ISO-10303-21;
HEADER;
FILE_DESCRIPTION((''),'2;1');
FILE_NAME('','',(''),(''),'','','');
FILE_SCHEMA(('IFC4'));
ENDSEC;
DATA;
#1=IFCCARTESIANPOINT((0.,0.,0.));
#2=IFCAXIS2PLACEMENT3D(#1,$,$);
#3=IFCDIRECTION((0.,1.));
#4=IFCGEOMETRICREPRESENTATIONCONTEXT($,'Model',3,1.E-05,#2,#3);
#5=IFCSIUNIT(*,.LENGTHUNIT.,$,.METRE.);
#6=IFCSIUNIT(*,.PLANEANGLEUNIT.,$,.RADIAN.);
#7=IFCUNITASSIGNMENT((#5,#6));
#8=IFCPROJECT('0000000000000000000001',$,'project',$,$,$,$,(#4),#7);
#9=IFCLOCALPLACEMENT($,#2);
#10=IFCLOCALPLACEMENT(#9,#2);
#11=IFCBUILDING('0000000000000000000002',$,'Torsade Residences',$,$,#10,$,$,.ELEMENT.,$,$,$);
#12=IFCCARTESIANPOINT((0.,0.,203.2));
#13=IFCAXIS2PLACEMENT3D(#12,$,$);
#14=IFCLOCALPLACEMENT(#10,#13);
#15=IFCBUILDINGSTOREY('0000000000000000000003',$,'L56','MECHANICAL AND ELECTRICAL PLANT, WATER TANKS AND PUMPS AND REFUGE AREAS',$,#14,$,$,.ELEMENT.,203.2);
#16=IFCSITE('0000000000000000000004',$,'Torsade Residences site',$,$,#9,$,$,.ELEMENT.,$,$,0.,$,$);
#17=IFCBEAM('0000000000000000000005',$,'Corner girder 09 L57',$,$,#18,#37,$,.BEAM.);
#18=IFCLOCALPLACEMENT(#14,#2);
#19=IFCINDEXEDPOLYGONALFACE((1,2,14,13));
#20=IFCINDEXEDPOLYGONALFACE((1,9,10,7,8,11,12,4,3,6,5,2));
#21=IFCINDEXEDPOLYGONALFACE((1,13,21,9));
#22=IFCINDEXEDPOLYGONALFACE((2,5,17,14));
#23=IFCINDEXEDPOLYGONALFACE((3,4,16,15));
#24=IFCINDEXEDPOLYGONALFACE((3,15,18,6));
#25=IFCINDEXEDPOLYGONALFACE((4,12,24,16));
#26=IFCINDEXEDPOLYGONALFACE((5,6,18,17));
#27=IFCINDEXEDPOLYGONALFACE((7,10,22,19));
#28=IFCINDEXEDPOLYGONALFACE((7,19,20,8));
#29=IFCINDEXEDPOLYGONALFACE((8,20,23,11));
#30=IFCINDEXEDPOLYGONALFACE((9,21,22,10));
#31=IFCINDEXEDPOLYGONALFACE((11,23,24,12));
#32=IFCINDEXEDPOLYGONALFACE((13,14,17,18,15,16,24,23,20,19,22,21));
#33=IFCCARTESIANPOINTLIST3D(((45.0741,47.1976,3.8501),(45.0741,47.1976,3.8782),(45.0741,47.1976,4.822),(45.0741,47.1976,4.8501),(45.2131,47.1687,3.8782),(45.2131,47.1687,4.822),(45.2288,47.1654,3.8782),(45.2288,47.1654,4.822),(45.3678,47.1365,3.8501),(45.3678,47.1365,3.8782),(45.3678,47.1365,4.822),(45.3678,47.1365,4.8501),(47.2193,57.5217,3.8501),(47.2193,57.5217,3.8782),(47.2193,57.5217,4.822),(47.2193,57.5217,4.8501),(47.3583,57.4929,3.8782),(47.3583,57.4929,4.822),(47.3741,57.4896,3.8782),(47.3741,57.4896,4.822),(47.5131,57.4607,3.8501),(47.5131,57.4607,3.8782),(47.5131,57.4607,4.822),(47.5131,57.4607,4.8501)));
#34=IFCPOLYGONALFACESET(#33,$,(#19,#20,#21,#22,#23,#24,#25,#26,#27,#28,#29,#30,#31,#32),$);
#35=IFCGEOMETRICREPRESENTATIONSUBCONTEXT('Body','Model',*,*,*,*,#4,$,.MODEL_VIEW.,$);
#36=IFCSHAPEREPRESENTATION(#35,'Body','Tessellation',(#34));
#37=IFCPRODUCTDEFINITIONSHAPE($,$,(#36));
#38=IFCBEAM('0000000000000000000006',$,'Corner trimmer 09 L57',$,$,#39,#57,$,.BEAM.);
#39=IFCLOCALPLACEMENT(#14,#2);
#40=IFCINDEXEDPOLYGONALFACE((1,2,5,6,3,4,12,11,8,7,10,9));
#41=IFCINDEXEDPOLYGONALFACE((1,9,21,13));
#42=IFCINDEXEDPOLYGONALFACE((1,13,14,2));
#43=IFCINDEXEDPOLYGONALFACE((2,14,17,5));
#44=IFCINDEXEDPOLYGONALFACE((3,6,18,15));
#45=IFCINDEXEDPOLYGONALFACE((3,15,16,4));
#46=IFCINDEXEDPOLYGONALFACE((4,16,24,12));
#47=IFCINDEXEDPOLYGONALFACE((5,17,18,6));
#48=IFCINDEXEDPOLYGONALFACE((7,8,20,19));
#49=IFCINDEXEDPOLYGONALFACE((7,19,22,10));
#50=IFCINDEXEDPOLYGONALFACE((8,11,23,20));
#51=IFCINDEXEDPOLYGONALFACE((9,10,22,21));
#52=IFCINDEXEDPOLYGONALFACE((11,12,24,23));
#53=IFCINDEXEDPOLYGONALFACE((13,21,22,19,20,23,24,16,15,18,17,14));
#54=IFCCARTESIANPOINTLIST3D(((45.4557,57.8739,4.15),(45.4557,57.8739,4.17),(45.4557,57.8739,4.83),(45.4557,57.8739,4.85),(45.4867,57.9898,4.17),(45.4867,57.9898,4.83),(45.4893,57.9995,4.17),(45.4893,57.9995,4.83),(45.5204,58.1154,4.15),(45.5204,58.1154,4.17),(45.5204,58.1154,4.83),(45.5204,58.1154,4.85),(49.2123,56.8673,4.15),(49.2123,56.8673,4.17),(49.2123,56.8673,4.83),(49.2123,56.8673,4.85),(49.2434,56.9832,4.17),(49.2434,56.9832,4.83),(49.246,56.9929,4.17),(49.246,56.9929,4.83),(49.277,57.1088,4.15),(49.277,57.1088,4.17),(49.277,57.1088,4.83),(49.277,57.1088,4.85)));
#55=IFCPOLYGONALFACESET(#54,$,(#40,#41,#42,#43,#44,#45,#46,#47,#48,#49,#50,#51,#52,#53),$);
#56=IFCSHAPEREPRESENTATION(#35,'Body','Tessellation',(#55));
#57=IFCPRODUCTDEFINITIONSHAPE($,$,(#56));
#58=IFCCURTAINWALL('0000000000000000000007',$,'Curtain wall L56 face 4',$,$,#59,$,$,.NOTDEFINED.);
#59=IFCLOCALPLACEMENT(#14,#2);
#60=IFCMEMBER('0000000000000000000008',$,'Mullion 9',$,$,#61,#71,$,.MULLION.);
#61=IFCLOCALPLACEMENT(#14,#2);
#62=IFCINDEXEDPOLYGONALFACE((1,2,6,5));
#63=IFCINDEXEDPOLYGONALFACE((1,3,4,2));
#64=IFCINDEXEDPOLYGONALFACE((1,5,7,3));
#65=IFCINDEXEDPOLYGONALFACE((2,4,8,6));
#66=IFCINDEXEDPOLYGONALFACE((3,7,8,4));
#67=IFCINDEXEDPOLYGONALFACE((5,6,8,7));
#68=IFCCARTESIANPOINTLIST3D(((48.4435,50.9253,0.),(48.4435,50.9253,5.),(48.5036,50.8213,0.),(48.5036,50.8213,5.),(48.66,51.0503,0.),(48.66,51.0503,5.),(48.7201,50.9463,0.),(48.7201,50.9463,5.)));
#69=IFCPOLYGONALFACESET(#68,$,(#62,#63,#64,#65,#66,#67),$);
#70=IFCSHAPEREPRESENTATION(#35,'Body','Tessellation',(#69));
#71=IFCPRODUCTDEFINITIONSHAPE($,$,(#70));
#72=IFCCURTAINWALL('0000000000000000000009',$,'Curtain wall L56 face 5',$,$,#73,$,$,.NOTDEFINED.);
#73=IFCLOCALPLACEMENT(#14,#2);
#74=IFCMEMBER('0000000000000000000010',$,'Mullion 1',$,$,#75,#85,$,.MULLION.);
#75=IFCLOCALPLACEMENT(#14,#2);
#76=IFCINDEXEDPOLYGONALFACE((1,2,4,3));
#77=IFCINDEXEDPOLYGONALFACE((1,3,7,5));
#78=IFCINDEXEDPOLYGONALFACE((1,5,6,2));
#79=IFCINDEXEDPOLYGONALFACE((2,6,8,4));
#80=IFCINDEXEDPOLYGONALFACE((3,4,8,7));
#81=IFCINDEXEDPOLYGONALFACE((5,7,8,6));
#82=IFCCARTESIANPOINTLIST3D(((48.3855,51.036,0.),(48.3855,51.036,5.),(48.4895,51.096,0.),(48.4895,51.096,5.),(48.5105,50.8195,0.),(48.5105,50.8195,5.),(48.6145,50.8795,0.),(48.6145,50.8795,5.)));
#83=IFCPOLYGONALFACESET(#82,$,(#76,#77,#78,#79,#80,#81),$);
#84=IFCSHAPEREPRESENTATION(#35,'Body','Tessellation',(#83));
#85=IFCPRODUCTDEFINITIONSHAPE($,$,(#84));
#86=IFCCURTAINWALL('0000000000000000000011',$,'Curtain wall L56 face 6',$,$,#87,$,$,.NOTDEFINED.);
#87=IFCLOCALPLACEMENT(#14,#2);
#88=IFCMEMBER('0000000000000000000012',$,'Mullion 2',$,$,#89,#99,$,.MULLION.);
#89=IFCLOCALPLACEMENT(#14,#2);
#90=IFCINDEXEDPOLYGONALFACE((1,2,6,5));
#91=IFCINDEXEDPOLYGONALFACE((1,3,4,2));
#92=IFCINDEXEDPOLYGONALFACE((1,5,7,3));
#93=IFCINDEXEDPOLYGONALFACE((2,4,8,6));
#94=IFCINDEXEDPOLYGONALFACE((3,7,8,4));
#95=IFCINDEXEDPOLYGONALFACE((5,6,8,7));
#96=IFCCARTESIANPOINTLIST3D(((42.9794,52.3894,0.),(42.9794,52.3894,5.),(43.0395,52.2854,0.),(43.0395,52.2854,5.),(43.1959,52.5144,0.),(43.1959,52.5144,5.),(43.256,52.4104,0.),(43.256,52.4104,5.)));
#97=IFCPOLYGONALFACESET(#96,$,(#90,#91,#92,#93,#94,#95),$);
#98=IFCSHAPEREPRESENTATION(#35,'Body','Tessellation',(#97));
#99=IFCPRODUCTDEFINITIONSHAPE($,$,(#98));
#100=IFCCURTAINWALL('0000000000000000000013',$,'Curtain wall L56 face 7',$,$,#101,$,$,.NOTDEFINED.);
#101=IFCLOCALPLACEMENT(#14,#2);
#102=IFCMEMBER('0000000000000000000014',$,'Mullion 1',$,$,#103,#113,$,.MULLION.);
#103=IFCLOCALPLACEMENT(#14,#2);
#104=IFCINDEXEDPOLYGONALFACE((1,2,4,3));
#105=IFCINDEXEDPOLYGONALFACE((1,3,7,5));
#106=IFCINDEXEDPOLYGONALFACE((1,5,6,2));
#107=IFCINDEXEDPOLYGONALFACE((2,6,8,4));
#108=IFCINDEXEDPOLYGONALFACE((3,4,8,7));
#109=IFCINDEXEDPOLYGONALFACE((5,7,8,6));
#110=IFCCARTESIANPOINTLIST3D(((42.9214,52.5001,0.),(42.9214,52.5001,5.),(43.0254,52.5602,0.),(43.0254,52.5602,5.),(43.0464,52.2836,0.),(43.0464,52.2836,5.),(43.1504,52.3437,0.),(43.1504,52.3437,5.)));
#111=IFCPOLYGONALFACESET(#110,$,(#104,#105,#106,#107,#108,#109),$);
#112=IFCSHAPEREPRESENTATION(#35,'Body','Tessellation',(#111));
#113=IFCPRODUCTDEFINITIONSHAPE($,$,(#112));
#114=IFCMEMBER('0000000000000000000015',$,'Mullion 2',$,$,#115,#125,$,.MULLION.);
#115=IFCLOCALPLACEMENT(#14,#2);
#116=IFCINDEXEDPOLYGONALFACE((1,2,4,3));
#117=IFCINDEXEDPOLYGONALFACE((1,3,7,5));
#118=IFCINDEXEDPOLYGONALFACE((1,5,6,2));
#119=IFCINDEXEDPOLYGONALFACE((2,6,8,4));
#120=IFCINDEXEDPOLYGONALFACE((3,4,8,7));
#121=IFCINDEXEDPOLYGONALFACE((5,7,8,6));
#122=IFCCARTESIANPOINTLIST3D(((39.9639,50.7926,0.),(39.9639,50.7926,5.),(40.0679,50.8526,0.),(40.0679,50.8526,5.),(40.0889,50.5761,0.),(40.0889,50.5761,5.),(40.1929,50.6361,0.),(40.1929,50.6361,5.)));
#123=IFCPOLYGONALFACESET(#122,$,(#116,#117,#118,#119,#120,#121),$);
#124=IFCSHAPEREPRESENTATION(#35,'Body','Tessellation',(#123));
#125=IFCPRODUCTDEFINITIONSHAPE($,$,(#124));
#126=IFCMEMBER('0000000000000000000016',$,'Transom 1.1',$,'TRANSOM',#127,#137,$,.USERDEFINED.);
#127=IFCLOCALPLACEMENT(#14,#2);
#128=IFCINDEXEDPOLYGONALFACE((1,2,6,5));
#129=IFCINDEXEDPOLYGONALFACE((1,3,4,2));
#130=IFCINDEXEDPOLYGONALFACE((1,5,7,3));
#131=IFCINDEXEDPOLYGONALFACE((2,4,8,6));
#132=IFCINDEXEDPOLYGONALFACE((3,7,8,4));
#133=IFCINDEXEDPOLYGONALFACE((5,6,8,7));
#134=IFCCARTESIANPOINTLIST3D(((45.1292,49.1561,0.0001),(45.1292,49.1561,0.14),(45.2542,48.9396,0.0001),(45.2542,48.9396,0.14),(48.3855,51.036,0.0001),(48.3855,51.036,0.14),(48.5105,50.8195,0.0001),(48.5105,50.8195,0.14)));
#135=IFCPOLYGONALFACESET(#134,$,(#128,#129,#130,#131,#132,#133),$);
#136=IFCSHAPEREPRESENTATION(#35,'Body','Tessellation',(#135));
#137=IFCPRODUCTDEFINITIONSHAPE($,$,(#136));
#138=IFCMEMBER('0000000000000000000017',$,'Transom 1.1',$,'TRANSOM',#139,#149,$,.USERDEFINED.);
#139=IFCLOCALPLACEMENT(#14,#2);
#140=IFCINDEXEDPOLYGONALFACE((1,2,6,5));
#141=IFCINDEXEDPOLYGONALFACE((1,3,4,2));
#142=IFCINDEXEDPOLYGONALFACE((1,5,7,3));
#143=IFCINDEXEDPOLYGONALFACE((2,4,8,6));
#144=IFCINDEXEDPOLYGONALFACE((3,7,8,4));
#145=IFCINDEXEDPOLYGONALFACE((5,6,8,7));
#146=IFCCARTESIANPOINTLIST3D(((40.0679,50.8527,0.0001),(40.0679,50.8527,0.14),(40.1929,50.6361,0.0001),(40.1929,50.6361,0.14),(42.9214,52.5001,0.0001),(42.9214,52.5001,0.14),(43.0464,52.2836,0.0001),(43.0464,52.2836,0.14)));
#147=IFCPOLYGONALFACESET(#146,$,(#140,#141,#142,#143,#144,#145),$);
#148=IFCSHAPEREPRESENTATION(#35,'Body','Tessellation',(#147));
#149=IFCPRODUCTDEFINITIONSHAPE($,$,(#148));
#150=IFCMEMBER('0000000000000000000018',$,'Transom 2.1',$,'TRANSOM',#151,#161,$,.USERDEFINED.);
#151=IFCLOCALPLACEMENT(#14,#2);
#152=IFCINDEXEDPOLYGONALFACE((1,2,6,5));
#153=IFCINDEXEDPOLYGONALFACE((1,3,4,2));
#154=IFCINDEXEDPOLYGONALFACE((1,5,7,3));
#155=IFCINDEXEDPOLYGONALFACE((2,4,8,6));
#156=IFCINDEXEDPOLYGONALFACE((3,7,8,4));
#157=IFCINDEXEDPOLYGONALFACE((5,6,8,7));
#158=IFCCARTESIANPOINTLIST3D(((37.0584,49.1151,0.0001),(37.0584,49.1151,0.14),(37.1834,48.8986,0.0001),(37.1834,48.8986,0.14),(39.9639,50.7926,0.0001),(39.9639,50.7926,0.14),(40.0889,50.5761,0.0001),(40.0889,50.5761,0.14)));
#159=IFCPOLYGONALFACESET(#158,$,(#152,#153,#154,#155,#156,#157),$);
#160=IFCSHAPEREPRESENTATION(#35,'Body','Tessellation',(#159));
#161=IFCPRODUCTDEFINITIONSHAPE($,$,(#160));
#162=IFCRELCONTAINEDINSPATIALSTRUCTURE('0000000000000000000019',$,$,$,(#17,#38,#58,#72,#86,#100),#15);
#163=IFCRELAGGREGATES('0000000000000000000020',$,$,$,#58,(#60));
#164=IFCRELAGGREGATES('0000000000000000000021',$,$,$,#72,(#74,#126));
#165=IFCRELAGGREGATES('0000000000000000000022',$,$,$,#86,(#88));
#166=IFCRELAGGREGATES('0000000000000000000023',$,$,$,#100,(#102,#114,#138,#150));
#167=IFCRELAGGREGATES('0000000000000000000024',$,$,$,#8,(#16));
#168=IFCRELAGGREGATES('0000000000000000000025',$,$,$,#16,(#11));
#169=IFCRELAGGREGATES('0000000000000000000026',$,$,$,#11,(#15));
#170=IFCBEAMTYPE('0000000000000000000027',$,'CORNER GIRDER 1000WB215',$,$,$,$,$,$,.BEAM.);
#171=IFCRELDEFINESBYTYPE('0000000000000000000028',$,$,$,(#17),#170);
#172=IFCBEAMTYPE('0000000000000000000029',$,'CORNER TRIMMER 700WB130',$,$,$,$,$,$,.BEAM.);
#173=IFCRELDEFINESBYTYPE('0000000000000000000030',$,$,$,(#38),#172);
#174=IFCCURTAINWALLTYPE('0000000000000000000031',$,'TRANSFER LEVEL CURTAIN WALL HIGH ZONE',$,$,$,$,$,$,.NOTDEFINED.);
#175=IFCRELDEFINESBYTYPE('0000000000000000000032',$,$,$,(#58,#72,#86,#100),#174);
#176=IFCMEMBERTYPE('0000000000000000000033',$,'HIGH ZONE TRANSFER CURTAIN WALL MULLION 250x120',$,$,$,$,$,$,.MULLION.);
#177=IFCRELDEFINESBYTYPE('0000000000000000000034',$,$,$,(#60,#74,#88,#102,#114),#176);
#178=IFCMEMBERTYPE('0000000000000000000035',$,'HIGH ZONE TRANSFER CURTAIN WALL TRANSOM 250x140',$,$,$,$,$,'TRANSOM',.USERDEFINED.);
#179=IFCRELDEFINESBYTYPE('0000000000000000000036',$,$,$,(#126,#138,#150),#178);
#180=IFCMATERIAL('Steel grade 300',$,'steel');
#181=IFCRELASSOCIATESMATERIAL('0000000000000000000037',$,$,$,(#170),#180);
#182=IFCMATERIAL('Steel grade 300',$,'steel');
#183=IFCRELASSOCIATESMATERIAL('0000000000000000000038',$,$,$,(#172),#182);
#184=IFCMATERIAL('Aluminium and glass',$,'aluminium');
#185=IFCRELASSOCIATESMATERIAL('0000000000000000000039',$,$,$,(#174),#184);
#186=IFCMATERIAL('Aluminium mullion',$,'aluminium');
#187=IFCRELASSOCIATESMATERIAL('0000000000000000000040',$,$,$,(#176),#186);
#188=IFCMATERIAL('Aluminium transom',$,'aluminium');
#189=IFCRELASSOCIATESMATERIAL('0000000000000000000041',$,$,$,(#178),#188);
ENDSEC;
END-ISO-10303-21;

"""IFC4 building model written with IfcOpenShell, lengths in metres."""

from ifc_helpers import new_model, si_unit, direction, frame, origin, origin_2d, place, context, subcontext, project, spatial, rectangle, i_section, extrude, material, material_profile, profile_set, type_object, element, aggregate, save


model = new_model("IFC4")

# Units and contexts
model_context = context("Model", 3, precision=1e-05, world=origin(), true_north=direction((0.0, 1.0)))
body_context = subcontext(model_context, "Body", "Model", "MODEL_VIEW")
ifc_project = project(units=[si_unit("LENGTHUNIT", "METRE"), si_unit("PLANEANGLEUNIT", "RADIAN")], contexts=[model_context])

# Site, building, storey
site_placement = place(None, origin())
site = spatial("IfcSite", under=ifc_project, at=site_placement, Name="Torsade Residences site", CompositionType="ELEMENT", RefElevation=0.0)
building_placement = place(site_placement, origin())
building = spatial("IfcBuilding", under=site, at=building_placement, Name="Torsade Residences", CompositionType="ELEMENT")
storey_placement = place(building_placement, frame((0.0, 0.0, 203.2)))
storey = spatial("IfcBuildingStorey", under=building, at=storey_placement, Name="L56", Description="MECHANICAL AND ELECTRICAL PLANT, WATER TANKS AND PUMPS AND REFUGE AREAS", CompositionType="ELEMENT", Elevation=203.2)

# Beams
ifc_material_1 = material(Name="Steel grade 300", Category="steel")
ifc_material_profile_1 = material_profile(ifc_material_1, i_section(OverallWidth=0.3, OverallDepth=1.0, WebThickness=0.0161, FlangeThickness=0.0281, at=origin_2d()), Name="1000WB215")
ifc_profile_set_1 = profile_set([ifc_material_profile_1], Name="Steel grade 300")
beam_type_1 = type_object("IfcBeamType", Name="CORNER GIRDER 1000WB215", PredefinedType="BEAM", material=ifc_profile_set_1)
beam_1_placement = place(storey_placement, frame((47.3662, 57.4912, 4.3501), z_axis=(-0.203444, -0.979087, 0.0), x_axis=(0.979087, -0.203444, 0.0)))
element("IfcBeam", 1, at=beam_1_placement, inside=storey, type_object=beam_type_1, Name="Corner girder 09 L57", PredefinedType="BEAM", context=body_context, shape_type="SweptSolid", body=[
    extrude(i_section(OverallWidth=0.3, OverallDepth=1.0, WebThickness=0.0161, FlangeThickness=0.0281, at=origin_2d()), origin(), (0.0, 0.0, 1.0), 10.5447),
])
ifc_material_2 = material(Name="Steel grade 300", Category="steel")
ifc_material_profile_2 = material_profile(ifc_material_2, i_section(OverallWidth=0.25, OverallDepth=0.7, WebThickness=0.01, FlangeThickness=0.02, at=origin_2d()), Name="700WB130")
ifc_profile_set_2 = profile_set([ifc_material_profile_2], Name="Steel grade 300")
beam_type_2 = type_object("IfcBeamType", Name="CORNER TRIMMER 700WB130", PredefinedType="BEAM", material=ifc_profile_set_2)
beam_2_placement = place(storey_placement, frame((45.488, 57.9946, 4.5), z_axis=(0.965925, -0.258823, 0.0), x_axis=(0.258823, 0.965925, 0.0)))
element("IfcBeam", 2, at=beam_2_placement, inside=storey, type_object=beam_type_2, Name="Corner trimmer 09 L57", PredefinedType="BEAM", context=body_context, shape_type="SweptSolid", body=[
    extrude(i_section(OverallWidth=0.25, OverallDepth=0.7, WebThickness=0.01, FlangeThickness=0.02, at=origin_2d()), origin(), (0.0, 0.0, 1.0), 3.8892),
])

# Curtain walls, members
ifc_material_3 = material(Name="Aluminium and glass", Category="aluminium")
curtain_wall_type = type_object("IfcCurtainWallType", Name="TRANSFER LEVEL CURTAIN WALL HIGH ZONE", PredefinedType="NOTDEFINED", material=ifc_material_3)
curtain_wall_1_placement = place(storey_placement, origin())
curtain_wall_1 = element("IfcCurtainWall", 3, at=curtain_wall_1_placement, inside=storey, type_object=curtain_wall_type, Name="Curtain wall L56 face 4", PredefinedType="NOTDEFINED")
ifc_material_4 = material(Name="Aluminium mullion", Category="aluminium")
ifc_material_profile_3 = material_profile(ifc_material_4, rectangle(XDim=0.25, YDim=0.1201, at=origin_2d()), Name="HIGH ZONE TRANSFER CURTAIN WALL MULLION 250x120")
ifc_profile_set_3 = profile_set([ifc_material_profile_3], Name="Aluminium mullion")
member_type_1 = type_object("IfcMemberType", Name="HIGH ZONE TRANSFER CURTAIN WALL MULLION 250x120", PredefinedType="MULLION", material=ifc_profile_set_3)
member_1_placement = place(storey_placement, frame((48.5818, 50.9358, 0.0), z_axis=(0.0, 0.0, 1.0), x_axis=(-0.866025, -0.5, 0.0)))
member_1 = element("IfcMember", 4, at=member_1_placement, type_object=member_type_1, Name="Mullion 9", PredefinedType="MULLION", context=body_context, shape_type="SweptSolid", body=[
    extrude(rectangle(XDim=0.25, YDim=0.1201, at=origin_2d()), origin(), (0.0, 0.0, 1.0), 5.0),
])
aggregate(curtain_wall_1, [member_1])
curtain_wall_2_placement = place(storey_placement, origin())
curtain_wall_2 = element("IfcCurtainWall", 5, at=curtain_wall_2_placement, inside=storey, type_object=curtain_wall_type, Name="Curtain wall L56 face 5", PredefinedType="NOTDEFINED")
member_2_placement = place(storey_placement, frame((48.5, 50.9578, 0.0), z_axis=(0.0, 0.0, 1.0), x_axis=(0.5, -0.866025, 0.0)))
member_2 = element("IfcMember", 6, at=member_2_placement, type_object=member_type_1, Name="Mullion 1", PredefinedType="MULLION", context=body_context, shape_type="SweptSolid", body=[
    extrude(rectangle(XDim=0.25, YDim=0.1201, at=origin_2d()), origin(), (0.0, 0.0, 1.0), 5.0),
])
curtain_wall_3_placement = place(storey_placement, origin())
curtain_wall_3 = element("IfcCurtainWall", 7, at=curtain_wall_3_placement, inside=storey, type_object=curtain_wall_type, Name="Curtain wall L56 face 6", PredefinedType="NOTDEFINED")
member_3_placement = place(storey_placement, frame((43.1177, 52.3999, 0.0), z_axis=(0.0, 0.0, 1.0), x_axis=(-0.866025, -0.5, 0.0)))
member_3 = element("IfcMember", 8, at=member_3_placement, type_object=member_type_1, Name="Mullion 2", PredefinedType="MULLION", context=body_context, shape_type="SweptSolid", body=[
    extrude(rectangle(XDim=0.25, YDim=0.1201, at=origin_2d()), origin(), (0.0, 0.0, 1.0), 5.0),
])

# Curtain wall, members
curtain_wall_4_placement = place(storey_placement, origin())
curtain_wall_4 = element("IfcCurtainWall", 9, at=curtain_wall_4_placement, inside=storey, type_object=curtain_wall_type, Name="Curtain wall L56 face 7", PredefinedType="NOTDEFINED")
member_4_placement = place(storey_placement, frame((43.0359, 52.4219, 0.0), z_axis=(0.0, 0.0, 1.0), x_axis=(0.5, -0.866025, 0.0)))
member_4 = element("IfcMember", 10, at=member_4_placement, type_object=member_type_1, Name="Mullion 1", PredefinedType="MULLION", context=body_context, shape_type="SweptSolid", body=[
    extrude(rectangle(XDim=0.25, YDim=0.1201, at=origin_2d()), origin(), (0.0, 0.0, 1.0), 5.0),
])
member_5_placement = place(storey_placement, frame((40.0784, 50.7144, 0.0), z_axis=(0.0, 0.0, 1.0), x_axis=(0.5, -0.866025, 0.0)))
member_5 = element("IfcMember", 11, at=member_5_placement, type_object=member_type_1, Name="Mullion 2", PredefinedType="MULLION", context=body_context, shape_type="SweptSolid", body=[
    extrude(rectangle(XDim=0.25, YDim=0.1201, at=origin_2d()), origin(), (0.0, 0.0, 1.0), 5.0),
])

# Members
ifc_material_5 = material(Name="Aluminium transom", Category="aluminium")
ifc_material_profile_4 = material_profile(ifc_material_5, rectangle(XDim=0.25, YDim=0.1399, at=origin_2d()), Name="HIGH ZONE TRANSFER CURTAIN WALL TRANSOM 250x140")
ifc_profile_set_4 = profile_set([ifc_material_profile_4], Name="Aluminium transom")
member_type_2 = type_object("IfcMemberType", Name="HIGH ZONE TRANSFER CURTAIN WALL TRANSOM 250x140", ElementType="TRANSOM", PredefinedType="USERDEFINED", material=ifc_profile_set_4)
member_6_placement = place(storey_placement, frame((48.448, 50.9277, 0.0701), z_axis=(-0.866045, -0.499966, 0.0), x_axis=(0.499966, -0.866045, 0.0)))
member_6 = element("IfcMember", 12, at=member_6_placement, type_object=member_type_2, Name="Transom 1.1", ObjectType="TRANSOM", PredefinedType="USERDEFINED", context=body_context, shape_type="SweptSolid", body=[
    extrude(rectangle(XDim=0.25, YDim=0.1399, at=origin_2d()), origin(), (0.0, 0.0, 1.0), 3.76),
])
member_7_placement = place(storey_placement, frame((42.9839, 52.3918, 0.0701), z_axis=(-0.866028, -0.499996, 0.0), x_axis=(0.499996, -0.866028, 0.0)))
member_7 = element("IfcMember", 13, at=member_7_placement, type_object=member_type_2, Name="Transom 1.1", ObjectType="TRANSOM", PredefinedType="USERDEFINED", context=body_context, shape_type="SweptSolid", body=[
    extrude(rectangle(XDim=0.25, YDim=0.1399, at=origin_2d()), origin(), (0.0, 0.0, 1.0), 3.2949),
])
member_8_placement = place(storey_placement, frame((40.0264, 50.6843, 0.0701), z_axis=(-0.866027, -0.499998, 0.0), x_axis=(0.499998, -0.866027, 0.0)))
member_8 = element("IfcMember", 14, at=member_8_placement, type_object=member_type_2, Name="Transom 2.1", ObjectType="TRANSOM", PredefinedType="USERDEFINED", context=body_context, shape_type="SweptSolid", body=[
    extrude(rectangle(XDim=0.25, YDim=0.1399, at=origin_2d()), origin(), (0.0, 0.0, 1.0), 3.355),
])

aggregate(curtain_wall_2, [member_2, member_6])
aggregate(curtain_wall_3, [member_3])
aggregate(curtain_wall_4, [member_4, member_5, member_7, member_8])

save(model, "model.ifc")
